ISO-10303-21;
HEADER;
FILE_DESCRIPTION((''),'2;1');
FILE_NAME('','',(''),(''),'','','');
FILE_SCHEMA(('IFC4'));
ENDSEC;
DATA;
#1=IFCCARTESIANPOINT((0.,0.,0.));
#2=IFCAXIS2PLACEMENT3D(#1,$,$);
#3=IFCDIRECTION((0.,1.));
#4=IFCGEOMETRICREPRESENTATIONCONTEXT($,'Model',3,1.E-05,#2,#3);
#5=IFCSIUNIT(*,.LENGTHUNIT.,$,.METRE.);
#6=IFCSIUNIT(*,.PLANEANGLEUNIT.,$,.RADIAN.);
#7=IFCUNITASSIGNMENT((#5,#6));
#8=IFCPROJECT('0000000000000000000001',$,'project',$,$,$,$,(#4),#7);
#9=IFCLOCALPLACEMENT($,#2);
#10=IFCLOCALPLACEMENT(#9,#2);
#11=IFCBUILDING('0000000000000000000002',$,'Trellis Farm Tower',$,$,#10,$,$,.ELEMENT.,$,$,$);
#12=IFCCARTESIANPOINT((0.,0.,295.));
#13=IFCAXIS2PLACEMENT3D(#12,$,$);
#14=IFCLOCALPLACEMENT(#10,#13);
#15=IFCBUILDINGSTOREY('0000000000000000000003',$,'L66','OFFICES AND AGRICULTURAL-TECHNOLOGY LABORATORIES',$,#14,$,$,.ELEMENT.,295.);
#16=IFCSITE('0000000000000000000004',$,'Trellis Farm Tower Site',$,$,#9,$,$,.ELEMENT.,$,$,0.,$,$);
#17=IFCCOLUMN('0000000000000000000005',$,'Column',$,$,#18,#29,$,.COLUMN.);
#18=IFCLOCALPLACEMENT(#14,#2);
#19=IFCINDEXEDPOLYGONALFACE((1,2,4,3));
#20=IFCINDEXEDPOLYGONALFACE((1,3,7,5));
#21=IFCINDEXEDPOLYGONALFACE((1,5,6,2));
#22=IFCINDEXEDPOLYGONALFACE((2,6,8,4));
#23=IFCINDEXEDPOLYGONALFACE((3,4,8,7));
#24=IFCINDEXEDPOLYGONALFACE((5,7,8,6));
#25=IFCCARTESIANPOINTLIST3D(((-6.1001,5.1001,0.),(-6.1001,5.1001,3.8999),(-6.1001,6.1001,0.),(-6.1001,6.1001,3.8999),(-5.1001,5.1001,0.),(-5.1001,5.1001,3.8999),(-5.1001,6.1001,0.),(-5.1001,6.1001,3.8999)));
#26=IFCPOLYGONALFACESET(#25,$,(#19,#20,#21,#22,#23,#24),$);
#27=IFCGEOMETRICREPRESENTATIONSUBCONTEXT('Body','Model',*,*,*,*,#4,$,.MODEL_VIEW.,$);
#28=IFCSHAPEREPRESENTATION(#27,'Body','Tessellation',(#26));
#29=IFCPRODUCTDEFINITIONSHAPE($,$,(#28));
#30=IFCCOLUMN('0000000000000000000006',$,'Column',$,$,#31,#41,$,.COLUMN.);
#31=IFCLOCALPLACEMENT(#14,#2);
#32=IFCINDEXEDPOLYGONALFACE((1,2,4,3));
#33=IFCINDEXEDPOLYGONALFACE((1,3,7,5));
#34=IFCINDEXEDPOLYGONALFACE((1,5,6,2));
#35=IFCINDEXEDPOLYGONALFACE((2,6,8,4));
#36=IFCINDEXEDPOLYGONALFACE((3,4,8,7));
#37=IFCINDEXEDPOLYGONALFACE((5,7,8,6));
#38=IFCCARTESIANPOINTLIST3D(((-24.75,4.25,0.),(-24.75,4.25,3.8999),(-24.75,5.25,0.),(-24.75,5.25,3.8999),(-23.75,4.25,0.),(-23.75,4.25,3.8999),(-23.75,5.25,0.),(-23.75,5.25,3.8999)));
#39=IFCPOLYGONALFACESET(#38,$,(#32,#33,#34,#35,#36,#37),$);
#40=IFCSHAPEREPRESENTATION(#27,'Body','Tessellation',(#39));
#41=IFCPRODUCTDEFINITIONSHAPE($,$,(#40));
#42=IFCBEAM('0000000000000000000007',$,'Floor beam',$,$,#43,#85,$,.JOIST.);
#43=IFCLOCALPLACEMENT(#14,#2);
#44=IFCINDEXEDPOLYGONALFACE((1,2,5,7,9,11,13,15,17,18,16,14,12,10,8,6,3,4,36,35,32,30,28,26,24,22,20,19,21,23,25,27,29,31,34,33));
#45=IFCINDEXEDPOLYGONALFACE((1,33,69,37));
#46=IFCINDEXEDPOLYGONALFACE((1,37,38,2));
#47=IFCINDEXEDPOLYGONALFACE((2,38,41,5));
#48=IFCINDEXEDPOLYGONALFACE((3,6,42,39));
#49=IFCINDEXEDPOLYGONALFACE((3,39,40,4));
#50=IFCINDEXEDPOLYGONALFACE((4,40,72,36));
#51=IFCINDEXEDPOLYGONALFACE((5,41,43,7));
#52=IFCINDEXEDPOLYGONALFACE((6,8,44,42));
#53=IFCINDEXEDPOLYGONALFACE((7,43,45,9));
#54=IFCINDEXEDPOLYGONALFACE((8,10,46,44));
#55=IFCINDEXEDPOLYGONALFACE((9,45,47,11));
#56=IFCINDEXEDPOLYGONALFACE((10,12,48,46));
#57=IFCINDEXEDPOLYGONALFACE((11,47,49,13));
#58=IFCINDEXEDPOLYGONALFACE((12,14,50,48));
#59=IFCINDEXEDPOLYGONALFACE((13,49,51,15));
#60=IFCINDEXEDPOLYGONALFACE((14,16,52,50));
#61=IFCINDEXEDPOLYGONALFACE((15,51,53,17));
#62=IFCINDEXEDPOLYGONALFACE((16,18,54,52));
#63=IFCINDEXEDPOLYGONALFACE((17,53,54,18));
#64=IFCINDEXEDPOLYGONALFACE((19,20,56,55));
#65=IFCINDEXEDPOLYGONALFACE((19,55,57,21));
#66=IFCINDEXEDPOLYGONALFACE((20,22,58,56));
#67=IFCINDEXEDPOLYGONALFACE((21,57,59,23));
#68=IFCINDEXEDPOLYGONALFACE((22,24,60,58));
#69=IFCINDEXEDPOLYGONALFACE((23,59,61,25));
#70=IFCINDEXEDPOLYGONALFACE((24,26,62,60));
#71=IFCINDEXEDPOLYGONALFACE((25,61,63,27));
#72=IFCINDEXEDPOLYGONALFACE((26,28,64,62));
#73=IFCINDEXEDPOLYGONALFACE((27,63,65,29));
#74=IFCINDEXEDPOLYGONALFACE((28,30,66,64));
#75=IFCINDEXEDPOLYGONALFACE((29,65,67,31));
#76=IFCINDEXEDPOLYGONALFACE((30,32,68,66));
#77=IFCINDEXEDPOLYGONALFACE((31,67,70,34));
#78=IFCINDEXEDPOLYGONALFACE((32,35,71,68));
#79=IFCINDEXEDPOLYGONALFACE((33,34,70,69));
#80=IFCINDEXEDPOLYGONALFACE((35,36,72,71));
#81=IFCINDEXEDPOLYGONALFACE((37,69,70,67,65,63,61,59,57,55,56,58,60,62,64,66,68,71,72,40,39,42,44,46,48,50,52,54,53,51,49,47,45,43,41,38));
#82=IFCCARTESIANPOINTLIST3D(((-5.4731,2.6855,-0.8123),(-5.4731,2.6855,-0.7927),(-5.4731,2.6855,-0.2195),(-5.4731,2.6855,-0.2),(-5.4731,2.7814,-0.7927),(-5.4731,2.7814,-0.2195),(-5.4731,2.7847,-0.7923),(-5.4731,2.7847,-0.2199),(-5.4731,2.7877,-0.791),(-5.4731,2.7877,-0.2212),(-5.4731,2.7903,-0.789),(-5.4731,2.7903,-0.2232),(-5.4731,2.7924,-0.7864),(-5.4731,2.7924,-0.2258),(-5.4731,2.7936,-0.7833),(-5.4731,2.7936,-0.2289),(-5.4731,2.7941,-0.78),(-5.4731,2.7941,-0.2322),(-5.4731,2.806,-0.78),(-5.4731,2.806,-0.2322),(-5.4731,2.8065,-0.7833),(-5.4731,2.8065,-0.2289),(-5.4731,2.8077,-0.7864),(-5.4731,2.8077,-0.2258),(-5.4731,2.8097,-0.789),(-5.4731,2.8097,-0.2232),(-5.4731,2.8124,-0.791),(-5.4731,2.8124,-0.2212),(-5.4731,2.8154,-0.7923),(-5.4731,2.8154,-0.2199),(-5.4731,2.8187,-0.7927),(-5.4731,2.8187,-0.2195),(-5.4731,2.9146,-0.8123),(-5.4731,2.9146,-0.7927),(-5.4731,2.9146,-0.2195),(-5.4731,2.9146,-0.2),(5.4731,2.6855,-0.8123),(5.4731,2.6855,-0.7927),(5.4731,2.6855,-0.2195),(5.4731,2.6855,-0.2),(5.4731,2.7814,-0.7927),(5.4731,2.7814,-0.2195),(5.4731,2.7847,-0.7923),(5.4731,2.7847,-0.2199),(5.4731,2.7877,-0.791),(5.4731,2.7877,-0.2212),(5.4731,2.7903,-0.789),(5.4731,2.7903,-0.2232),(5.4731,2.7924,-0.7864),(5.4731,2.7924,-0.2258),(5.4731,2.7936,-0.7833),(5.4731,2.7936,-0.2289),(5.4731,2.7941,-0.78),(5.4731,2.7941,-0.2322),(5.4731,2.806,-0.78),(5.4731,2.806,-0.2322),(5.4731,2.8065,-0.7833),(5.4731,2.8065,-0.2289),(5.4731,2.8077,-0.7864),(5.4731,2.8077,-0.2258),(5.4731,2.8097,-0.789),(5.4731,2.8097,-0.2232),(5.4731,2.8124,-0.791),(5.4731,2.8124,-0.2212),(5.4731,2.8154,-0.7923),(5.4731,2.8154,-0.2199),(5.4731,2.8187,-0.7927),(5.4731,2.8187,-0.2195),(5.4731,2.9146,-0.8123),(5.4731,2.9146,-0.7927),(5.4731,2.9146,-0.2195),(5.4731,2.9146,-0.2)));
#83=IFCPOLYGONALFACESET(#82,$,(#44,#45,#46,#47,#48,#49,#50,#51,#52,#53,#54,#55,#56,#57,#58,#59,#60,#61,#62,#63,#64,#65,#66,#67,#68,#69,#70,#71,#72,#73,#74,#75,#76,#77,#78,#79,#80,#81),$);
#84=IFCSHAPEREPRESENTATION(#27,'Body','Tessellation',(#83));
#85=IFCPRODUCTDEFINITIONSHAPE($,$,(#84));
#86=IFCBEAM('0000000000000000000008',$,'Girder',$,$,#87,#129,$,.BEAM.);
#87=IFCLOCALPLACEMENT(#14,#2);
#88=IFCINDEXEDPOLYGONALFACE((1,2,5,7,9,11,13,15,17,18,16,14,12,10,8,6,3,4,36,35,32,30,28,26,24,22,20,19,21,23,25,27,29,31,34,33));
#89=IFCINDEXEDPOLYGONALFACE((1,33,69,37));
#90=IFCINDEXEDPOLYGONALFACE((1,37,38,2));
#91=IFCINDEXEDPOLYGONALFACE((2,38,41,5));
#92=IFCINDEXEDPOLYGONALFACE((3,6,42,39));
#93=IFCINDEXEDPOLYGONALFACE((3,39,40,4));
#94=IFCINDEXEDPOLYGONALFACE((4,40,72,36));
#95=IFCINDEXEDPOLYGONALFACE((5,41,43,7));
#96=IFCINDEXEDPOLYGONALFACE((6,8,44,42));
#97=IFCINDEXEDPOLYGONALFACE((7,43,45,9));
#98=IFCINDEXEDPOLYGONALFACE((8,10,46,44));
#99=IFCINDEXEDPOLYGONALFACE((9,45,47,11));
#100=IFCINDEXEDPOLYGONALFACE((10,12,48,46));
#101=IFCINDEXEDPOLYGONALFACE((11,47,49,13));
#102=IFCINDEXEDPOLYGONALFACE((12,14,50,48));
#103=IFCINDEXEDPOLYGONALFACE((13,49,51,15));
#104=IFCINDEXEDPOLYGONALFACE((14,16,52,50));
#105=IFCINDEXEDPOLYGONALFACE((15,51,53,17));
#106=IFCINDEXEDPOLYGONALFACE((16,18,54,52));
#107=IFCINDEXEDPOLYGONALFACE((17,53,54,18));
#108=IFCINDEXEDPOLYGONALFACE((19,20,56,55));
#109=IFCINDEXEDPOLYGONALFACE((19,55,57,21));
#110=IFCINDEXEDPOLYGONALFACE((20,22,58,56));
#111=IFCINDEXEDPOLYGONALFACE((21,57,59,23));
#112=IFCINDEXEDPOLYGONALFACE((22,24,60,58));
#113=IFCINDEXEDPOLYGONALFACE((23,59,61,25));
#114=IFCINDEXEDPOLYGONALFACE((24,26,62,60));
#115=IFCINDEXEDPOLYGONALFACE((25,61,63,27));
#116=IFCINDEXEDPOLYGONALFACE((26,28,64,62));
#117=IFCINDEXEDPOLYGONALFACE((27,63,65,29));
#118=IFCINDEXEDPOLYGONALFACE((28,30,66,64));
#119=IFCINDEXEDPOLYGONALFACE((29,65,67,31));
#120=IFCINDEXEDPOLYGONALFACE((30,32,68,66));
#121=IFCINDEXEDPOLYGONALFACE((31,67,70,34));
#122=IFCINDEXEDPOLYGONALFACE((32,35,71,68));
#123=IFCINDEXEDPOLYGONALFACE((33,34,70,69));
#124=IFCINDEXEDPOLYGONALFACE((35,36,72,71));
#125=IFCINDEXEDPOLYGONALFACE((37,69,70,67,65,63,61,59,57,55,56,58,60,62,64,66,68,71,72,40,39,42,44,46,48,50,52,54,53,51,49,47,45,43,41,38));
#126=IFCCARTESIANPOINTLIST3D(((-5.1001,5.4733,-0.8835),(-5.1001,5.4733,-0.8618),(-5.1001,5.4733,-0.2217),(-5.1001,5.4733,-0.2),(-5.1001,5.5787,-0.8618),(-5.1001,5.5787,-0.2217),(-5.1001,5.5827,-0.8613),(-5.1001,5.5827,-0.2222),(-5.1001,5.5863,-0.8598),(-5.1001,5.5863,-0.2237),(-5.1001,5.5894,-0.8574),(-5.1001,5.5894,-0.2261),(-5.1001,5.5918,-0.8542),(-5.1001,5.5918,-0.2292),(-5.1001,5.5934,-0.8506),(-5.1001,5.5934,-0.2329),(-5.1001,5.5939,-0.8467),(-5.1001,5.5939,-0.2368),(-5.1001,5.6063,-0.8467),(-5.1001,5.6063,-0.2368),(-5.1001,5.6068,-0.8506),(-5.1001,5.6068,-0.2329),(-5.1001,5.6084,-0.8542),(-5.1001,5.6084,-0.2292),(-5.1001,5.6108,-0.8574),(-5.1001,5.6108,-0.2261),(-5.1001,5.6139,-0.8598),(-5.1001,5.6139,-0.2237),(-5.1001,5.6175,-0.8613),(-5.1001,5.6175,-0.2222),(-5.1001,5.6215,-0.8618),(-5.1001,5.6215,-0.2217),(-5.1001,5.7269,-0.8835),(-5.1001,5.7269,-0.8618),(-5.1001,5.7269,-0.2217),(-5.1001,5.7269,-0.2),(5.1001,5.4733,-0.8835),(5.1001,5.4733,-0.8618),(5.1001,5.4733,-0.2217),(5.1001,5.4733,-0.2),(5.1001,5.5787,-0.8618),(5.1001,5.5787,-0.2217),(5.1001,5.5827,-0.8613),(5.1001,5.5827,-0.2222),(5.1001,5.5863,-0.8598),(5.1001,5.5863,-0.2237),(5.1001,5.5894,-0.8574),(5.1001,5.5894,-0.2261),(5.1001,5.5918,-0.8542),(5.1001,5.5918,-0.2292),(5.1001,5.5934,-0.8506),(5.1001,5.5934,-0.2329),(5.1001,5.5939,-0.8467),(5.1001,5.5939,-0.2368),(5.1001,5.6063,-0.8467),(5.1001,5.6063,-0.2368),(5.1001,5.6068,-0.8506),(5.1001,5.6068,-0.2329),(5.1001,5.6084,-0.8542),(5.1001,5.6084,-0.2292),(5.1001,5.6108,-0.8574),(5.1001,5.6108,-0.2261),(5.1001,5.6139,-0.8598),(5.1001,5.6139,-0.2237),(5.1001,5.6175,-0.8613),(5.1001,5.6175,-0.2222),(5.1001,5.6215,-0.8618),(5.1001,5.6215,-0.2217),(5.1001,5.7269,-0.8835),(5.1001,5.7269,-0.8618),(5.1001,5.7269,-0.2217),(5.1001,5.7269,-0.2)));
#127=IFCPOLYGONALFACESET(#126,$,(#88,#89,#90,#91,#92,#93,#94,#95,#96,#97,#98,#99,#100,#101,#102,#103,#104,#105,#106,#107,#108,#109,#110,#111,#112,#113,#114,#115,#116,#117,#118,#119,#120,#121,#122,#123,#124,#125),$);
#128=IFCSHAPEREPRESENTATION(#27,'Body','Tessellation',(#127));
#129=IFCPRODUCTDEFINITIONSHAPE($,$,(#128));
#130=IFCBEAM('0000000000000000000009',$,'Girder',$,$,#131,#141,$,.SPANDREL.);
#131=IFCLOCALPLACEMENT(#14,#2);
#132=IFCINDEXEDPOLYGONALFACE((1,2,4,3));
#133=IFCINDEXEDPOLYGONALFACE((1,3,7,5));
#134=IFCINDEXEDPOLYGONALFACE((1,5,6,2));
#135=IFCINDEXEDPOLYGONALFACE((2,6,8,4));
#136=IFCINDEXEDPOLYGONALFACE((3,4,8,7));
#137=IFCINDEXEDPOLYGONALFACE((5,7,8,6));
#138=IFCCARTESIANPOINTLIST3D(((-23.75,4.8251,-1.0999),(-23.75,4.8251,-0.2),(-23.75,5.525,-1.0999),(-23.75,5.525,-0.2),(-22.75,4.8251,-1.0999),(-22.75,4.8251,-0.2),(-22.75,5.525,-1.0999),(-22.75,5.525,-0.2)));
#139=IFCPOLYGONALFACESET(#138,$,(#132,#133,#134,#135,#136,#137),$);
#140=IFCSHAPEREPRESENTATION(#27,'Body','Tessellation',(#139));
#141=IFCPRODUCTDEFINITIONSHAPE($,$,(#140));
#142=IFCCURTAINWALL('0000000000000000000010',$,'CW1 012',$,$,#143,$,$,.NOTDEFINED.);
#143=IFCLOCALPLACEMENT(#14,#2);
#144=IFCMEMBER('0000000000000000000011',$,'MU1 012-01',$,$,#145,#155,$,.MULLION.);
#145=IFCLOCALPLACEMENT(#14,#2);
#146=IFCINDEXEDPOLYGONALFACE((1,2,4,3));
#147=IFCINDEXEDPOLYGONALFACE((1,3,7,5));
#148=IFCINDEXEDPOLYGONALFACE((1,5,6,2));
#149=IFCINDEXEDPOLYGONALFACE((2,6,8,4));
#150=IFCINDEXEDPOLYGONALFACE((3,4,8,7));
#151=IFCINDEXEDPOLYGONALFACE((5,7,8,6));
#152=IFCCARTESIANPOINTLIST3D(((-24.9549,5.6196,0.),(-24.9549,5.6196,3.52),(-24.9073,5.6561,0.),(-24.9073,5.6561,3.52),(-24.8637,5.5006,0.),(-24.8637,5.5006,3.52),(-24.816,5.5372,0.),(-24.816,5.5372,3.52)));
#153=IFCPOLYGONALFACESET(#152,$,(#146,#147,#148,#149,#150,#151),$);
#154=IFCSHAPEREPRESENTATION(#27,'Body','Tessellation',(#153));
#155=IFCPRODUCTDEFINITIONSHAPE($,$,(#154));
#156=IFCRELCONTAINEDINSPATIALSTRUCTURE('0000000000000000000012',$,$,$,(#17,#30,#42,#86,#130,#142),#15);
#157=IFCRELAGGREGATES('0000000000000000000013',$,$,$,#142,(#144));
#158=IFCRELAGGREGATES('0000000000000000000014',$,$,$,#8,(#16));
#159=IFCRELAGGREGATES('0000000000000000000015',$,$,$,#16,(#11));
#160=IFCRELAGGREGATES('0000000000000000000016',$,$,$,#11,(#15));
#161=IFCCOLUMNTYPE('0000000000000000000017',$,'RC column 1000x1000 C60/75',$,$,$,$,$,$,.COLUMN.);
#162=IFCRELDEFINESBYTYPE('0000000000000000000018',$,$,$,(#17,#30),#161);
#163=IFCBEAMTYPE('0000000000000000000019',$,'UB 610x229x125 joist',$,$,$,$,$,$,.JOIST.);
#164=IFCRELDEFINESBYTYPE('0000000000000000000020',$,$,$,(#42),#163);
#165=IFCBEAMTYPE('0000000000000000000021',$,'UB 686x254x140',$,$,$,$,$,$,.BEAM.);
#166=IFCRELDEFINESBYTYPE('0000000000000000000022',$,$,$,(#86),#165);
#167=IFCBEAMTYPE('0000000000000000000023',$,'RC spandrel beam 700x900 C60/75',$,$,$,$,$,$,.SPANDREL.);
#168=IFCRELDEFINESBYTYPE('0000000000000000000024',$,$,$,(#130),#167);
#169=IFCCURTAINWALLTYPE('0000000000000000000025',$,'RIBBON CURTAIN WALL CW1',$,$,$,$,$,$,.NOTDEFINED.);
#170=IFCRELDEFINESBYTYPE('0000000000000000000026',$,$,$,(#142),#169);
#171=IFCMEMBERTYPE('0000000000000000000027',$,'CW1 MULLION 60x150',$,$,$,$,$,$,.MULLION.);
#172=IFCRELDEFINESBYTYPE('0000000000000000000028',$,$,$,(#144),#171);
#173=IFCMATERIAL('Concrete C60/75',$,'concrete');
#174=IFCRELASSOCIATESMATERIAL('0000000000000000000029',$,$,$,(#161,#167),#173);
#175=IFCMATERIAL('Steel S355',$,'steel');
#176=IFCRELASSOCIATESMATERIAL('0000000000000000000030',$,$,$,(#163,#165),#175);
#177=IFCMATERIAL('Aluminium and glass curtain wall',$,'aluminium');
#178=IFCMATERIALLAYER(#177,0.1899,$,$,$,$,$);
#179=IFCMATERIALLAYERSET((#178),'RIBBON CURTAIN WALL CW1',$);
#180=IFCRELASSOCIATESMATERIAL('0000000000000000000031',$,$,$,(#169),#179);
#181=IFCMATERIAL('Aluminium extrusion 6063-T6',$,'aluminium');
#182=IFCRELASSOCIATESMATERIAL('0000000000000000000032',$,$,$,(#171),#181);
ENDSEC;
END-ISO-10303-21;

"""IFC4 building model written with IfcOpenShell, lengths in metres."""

from ifc_helpers import new_model, si_unit, direction, frame, origin, origin_2d, place, context, subcontext, project, spatial, rectangle, i_section, extrude, source, transform, mapped, material, layer, layer_set, material_profile, profile_set, type_object, element, aggregate, save


model = new_model("IFC4")

# Units and contexts
model_context = context("Model", 3, precision=1e-05, world=origin(), true_north=direction((0.0, 1.0)))
body_context = subcontext(model_context, "Body", "Model", "MODEL_VIEW")
ifc_project = project(units=[si_unit("LENGTHUNIT", "METRE"), si_unit("PLANEANGLEUNIT", "RADIAN")], contexts=[model_context])

# Site, building, storey
site_placement = place(None, origin())
site = spatial("IfcSite", under=ifc_project, at=site_placement, Name="Trellis Farm Tower Site", CompositionType="ELEMENT", RefElevation=0.0)
building_placement = place(site_placement, origin())
building = spatial("IfcBuilding", under=site, at=building_placement, Name="Trellis Farm Tower", CompositionType="ELEMENT")
storey_placement = place(building_placement, frame((0.0, 0.0, 295.0)))
storey = spatial("IfcBuildingStorey", under=building, at=storey_placement, Name="L66", Description="OFFICES AND AGRICULTURAL-TECHNOLOGY LABORATORIES", CompositionType="ELEMENT", Elevation=295.0)

# Columns
ifc_material_1 = material(Name="Concrete C60/75", Category="concrete")
ifc_material_profile_1 = material_profile(ifc_material_1, rectangle(XDim=1.0, YDim=1.0, at=origin_2d()), Name="RC column 1000x1000 C60/75")
ifc_profile_set_1 = profile_set([ifc_material_profile_1], Name="Concrete C60/75")
column_type = type_object("IfcColumnType", Name="RC column 1000x1000 C60/75", PredefinedType="COLUMN", material=ifc_profile_set_1)
shared_shape_1 = source(origin(), body_context, "Body", "SweptSolid", [
    extrude(rectangle(XDim=1.0, YDim=1.0, at=origin_2d()), origin(), (0.0, 0.0, 1.0), 3.8999),
])
for number, where, z_axis, x_axis, name in (
    (1, (-5.6001, 5.6001, 0.0), (0.0, 0.0, 1.0), (1.0, 0.0, 0.0), "Column"),
    (2, (-24.25, 4.75, 0.0), (0.0, 0.0, 1.0), (1.0, 0.0, 0.0), "Column"),
):
    element("IfcColumn", number, at=place(storey_placement, frame(where, z_axis=z_axis, x_axis=x_axis)), inside=storey, type_object=column_type, Name=name, PredefinedType="COLUMN", context=body_context, shape_type="MappedRepresentation", body=[
        mapped(shared_shape_1, transform((0.0, 0.0, 0.0))),
    ])

# Beams
ifc_material_2 = material(Name="Steel S355", Category="steel")
ifc_material_profile_2 = material_profile(ifc_material_2, i_section(OverallWidth=0.229, OverallDepth=0.6123, WebThickness=0.012, FlangeThickness=0.0195, FilletRadius=0.0127, at=origin_2d()), Name="UB 610x229x125")
ifc_profile_set_2 = profile_set([ifc_material_profile_2], Name="Steel S355")
beam_type_1 = type_object("IfcBeamType", Name="UB 610x229x125 joist", PredefinedType="JOIST", material=ifc_profile_set_2)
shared_shape_2 = source(origin(), body_context, "Body", "SweptSolid", [
    extrude(i_section(OverallWidth=0.229, OverallDepth=0.6123, WebThickness=0.012, FlangeThickness=0.0195, FilletRadius=0.0127, at=origin_2d()), origin(), (0.0, 0.0, 1.0), 10.9463),
])
beam_1_placement = place(storey_placement, frame((-5.4731, 2.8, -0.5061), z_axis=(1.0, 0.0, 0.0), x_axis=(0.0, 1.0, 0.0)))
element("IfcBeam", 3, at=beam_1_placement, inside=storey, type_object=beam_type_1, Name="Floor beam", PredefinedType="JOIST", context=body_context, shape_type="MappedRepresentation", body=[
    mapped(shared_shape_2, transform((0.0, 0.0, 0.0))),
])
ifc_material_profile_3 = material_profile(ifc_material_2, i_section(OverallWidth=0.2537, OverallDepth=0.6836, WebThickness=0.0125, FlangeThickness=0.0217, FilletRadius=0.0151, at=origin_2d()), Name="UB 686x254x140")
ifc_profile_set_3 = profile_set([ifc_material_profile_3], Name="Steel S355")
beam_type_2 = type_object("IfcBeamType", Name="UB 686x254x140", PredefinedType="BEAM", material=ifc_profile_set_3)
shared_shape_3 = source(origin(), body_context, "Body", "SweptSolid", [
    extrude(i_section(OverallWidth=0.2537, OverallDepth=0.6836, WebThickness=0.0125, FlangeThickness=0.0217, FilletRadius=0.0151, at=origin_2d()), origin(), (0.0, 0.0, 1.0), 10.2002),
])
beam_2_placement = place(storey_placement, frame((-5.1001, 5.6001, -0.5417), z_axis=(1.0, 0.0, 0.0), x_axis=(0.0, 1.0, 0.0)))
element("IfcBeam", 4, at=beam_2_placement, inside=storey, type_object=beam_type_2, Name="Girder", PredefinedType="BEAM", context=body_context, shape_type="MappedRepresentation", body=[
    mapped(shared_shape_3, transform((0.0, 0.0, 0.0))),
])
ifc_material_profile_4 = material_profile(ifc_material_1, rectangle(XDim=0.7, YDim=0.8999, at=origin_2d()), Name="RC spandrel beam 700x900 C60/75")
ifc_profile_set_4 = profile_set([ifc_material_profile_4], Name="Concrete C60/75")
beam_type_3 = type_object("IfcBeamType", Name="RC spandrel beam 700x900 C60/75", PredefinedType="SPANDREL", material=ifc_profile_set_4)
shared_shape_4 = source(origin(), body_context, "Body", "SweptSolid", [
    extrude(rectangle(XDim=0.7, YDim=0.8999, at=origin_2d()), origin(), (0.0, 0.0, 1.0), 1.0),
])
beam_3_placement = place(storey_placement, frame((-23.75, 5.175, -0.6499), z_axis=(1.0, 0.0, 0.0), x_axis=(0.0, 1.0, 0.0)))
element("IfcBeam", 5, at=beam_3_placement, inside=storey, type_object=beam_type_3, Name="Girder", PredefinedType="SPANDREL", context=body_context, shape_type="MappedRepresentation", body=[
    mapped(shared_shape_4, transform((0.0, 0.0, 0.0))),
])

# Curtain wall, member
ifc_material_3 = material(Name="Aluminium and glass curtain wall", Category="aluminium")
ifc_layer_1 = layer(ifc_material_3, 0.1899)
ifc_layer_set_1 = layer_set([ifc_layer_1], Name="RIBBON CURTAIN WALL CW1")
curtain_wall_type = type_object("IfcCurtainWallType", Name="RIBBON CURTAIN WALL CW1", PredefinedType="NOTDEFINED", material=ifc_layer_set_1)
placement = place(storey_placement, origin())
curtain_wall = element("IfcCurtainWall", 6, at=placement, inside=storey, type_object=curtain_wall_type, Name="CW1 012", PredefinedType="NOTDEFINED")
ifc_material_4 = material(Name="Aluminium extrusion 6063-T6", Category="aluminium")
ifc_material_profile_5 = material_profile(ifc_material_4, rectangle(XDim=0.0601, YDim=0.1499, at=origin_2d()), Name="MULLION 60x150")
ifc_profile_set_5 = profile_set([ifc_material_profile_5], Name="Aluminium extrusion 6063-T6")
member_type = type_object("IfcMemberType", Name="CW1 MULLION 60x150", PredefinedType="MULLION", material=ifc_profile_set_5)
shared_shape_5 = source(origin(), body_context, "Body", "SweptSolid", [
    extrude(rectangle(XDim=0.0601, YDim=0.1499, at=origin_2d()), origin(), (0.0, 0.0, 1.0), 3.52),
])
member_placement = place(storey_placement, frame((-24.8855, 5.5784, 0.0), z_axis=(0.0, 0.0, 1.0), x_axis=(-0.793353, -0.608761, 0.0)))
member = element("IfcMember", 7, at=member_placement, type_object=member_type, Name="MU1 012-01", PredefinedType="MULLION", context=body_context, shape_type="MappedRepresentation", body=[
    mapped(shared_shape_5, transform((0.0, 0.0, 0.0))),
])
aggregate(curtain_wall, [member])

save(model, "model.ifc")
